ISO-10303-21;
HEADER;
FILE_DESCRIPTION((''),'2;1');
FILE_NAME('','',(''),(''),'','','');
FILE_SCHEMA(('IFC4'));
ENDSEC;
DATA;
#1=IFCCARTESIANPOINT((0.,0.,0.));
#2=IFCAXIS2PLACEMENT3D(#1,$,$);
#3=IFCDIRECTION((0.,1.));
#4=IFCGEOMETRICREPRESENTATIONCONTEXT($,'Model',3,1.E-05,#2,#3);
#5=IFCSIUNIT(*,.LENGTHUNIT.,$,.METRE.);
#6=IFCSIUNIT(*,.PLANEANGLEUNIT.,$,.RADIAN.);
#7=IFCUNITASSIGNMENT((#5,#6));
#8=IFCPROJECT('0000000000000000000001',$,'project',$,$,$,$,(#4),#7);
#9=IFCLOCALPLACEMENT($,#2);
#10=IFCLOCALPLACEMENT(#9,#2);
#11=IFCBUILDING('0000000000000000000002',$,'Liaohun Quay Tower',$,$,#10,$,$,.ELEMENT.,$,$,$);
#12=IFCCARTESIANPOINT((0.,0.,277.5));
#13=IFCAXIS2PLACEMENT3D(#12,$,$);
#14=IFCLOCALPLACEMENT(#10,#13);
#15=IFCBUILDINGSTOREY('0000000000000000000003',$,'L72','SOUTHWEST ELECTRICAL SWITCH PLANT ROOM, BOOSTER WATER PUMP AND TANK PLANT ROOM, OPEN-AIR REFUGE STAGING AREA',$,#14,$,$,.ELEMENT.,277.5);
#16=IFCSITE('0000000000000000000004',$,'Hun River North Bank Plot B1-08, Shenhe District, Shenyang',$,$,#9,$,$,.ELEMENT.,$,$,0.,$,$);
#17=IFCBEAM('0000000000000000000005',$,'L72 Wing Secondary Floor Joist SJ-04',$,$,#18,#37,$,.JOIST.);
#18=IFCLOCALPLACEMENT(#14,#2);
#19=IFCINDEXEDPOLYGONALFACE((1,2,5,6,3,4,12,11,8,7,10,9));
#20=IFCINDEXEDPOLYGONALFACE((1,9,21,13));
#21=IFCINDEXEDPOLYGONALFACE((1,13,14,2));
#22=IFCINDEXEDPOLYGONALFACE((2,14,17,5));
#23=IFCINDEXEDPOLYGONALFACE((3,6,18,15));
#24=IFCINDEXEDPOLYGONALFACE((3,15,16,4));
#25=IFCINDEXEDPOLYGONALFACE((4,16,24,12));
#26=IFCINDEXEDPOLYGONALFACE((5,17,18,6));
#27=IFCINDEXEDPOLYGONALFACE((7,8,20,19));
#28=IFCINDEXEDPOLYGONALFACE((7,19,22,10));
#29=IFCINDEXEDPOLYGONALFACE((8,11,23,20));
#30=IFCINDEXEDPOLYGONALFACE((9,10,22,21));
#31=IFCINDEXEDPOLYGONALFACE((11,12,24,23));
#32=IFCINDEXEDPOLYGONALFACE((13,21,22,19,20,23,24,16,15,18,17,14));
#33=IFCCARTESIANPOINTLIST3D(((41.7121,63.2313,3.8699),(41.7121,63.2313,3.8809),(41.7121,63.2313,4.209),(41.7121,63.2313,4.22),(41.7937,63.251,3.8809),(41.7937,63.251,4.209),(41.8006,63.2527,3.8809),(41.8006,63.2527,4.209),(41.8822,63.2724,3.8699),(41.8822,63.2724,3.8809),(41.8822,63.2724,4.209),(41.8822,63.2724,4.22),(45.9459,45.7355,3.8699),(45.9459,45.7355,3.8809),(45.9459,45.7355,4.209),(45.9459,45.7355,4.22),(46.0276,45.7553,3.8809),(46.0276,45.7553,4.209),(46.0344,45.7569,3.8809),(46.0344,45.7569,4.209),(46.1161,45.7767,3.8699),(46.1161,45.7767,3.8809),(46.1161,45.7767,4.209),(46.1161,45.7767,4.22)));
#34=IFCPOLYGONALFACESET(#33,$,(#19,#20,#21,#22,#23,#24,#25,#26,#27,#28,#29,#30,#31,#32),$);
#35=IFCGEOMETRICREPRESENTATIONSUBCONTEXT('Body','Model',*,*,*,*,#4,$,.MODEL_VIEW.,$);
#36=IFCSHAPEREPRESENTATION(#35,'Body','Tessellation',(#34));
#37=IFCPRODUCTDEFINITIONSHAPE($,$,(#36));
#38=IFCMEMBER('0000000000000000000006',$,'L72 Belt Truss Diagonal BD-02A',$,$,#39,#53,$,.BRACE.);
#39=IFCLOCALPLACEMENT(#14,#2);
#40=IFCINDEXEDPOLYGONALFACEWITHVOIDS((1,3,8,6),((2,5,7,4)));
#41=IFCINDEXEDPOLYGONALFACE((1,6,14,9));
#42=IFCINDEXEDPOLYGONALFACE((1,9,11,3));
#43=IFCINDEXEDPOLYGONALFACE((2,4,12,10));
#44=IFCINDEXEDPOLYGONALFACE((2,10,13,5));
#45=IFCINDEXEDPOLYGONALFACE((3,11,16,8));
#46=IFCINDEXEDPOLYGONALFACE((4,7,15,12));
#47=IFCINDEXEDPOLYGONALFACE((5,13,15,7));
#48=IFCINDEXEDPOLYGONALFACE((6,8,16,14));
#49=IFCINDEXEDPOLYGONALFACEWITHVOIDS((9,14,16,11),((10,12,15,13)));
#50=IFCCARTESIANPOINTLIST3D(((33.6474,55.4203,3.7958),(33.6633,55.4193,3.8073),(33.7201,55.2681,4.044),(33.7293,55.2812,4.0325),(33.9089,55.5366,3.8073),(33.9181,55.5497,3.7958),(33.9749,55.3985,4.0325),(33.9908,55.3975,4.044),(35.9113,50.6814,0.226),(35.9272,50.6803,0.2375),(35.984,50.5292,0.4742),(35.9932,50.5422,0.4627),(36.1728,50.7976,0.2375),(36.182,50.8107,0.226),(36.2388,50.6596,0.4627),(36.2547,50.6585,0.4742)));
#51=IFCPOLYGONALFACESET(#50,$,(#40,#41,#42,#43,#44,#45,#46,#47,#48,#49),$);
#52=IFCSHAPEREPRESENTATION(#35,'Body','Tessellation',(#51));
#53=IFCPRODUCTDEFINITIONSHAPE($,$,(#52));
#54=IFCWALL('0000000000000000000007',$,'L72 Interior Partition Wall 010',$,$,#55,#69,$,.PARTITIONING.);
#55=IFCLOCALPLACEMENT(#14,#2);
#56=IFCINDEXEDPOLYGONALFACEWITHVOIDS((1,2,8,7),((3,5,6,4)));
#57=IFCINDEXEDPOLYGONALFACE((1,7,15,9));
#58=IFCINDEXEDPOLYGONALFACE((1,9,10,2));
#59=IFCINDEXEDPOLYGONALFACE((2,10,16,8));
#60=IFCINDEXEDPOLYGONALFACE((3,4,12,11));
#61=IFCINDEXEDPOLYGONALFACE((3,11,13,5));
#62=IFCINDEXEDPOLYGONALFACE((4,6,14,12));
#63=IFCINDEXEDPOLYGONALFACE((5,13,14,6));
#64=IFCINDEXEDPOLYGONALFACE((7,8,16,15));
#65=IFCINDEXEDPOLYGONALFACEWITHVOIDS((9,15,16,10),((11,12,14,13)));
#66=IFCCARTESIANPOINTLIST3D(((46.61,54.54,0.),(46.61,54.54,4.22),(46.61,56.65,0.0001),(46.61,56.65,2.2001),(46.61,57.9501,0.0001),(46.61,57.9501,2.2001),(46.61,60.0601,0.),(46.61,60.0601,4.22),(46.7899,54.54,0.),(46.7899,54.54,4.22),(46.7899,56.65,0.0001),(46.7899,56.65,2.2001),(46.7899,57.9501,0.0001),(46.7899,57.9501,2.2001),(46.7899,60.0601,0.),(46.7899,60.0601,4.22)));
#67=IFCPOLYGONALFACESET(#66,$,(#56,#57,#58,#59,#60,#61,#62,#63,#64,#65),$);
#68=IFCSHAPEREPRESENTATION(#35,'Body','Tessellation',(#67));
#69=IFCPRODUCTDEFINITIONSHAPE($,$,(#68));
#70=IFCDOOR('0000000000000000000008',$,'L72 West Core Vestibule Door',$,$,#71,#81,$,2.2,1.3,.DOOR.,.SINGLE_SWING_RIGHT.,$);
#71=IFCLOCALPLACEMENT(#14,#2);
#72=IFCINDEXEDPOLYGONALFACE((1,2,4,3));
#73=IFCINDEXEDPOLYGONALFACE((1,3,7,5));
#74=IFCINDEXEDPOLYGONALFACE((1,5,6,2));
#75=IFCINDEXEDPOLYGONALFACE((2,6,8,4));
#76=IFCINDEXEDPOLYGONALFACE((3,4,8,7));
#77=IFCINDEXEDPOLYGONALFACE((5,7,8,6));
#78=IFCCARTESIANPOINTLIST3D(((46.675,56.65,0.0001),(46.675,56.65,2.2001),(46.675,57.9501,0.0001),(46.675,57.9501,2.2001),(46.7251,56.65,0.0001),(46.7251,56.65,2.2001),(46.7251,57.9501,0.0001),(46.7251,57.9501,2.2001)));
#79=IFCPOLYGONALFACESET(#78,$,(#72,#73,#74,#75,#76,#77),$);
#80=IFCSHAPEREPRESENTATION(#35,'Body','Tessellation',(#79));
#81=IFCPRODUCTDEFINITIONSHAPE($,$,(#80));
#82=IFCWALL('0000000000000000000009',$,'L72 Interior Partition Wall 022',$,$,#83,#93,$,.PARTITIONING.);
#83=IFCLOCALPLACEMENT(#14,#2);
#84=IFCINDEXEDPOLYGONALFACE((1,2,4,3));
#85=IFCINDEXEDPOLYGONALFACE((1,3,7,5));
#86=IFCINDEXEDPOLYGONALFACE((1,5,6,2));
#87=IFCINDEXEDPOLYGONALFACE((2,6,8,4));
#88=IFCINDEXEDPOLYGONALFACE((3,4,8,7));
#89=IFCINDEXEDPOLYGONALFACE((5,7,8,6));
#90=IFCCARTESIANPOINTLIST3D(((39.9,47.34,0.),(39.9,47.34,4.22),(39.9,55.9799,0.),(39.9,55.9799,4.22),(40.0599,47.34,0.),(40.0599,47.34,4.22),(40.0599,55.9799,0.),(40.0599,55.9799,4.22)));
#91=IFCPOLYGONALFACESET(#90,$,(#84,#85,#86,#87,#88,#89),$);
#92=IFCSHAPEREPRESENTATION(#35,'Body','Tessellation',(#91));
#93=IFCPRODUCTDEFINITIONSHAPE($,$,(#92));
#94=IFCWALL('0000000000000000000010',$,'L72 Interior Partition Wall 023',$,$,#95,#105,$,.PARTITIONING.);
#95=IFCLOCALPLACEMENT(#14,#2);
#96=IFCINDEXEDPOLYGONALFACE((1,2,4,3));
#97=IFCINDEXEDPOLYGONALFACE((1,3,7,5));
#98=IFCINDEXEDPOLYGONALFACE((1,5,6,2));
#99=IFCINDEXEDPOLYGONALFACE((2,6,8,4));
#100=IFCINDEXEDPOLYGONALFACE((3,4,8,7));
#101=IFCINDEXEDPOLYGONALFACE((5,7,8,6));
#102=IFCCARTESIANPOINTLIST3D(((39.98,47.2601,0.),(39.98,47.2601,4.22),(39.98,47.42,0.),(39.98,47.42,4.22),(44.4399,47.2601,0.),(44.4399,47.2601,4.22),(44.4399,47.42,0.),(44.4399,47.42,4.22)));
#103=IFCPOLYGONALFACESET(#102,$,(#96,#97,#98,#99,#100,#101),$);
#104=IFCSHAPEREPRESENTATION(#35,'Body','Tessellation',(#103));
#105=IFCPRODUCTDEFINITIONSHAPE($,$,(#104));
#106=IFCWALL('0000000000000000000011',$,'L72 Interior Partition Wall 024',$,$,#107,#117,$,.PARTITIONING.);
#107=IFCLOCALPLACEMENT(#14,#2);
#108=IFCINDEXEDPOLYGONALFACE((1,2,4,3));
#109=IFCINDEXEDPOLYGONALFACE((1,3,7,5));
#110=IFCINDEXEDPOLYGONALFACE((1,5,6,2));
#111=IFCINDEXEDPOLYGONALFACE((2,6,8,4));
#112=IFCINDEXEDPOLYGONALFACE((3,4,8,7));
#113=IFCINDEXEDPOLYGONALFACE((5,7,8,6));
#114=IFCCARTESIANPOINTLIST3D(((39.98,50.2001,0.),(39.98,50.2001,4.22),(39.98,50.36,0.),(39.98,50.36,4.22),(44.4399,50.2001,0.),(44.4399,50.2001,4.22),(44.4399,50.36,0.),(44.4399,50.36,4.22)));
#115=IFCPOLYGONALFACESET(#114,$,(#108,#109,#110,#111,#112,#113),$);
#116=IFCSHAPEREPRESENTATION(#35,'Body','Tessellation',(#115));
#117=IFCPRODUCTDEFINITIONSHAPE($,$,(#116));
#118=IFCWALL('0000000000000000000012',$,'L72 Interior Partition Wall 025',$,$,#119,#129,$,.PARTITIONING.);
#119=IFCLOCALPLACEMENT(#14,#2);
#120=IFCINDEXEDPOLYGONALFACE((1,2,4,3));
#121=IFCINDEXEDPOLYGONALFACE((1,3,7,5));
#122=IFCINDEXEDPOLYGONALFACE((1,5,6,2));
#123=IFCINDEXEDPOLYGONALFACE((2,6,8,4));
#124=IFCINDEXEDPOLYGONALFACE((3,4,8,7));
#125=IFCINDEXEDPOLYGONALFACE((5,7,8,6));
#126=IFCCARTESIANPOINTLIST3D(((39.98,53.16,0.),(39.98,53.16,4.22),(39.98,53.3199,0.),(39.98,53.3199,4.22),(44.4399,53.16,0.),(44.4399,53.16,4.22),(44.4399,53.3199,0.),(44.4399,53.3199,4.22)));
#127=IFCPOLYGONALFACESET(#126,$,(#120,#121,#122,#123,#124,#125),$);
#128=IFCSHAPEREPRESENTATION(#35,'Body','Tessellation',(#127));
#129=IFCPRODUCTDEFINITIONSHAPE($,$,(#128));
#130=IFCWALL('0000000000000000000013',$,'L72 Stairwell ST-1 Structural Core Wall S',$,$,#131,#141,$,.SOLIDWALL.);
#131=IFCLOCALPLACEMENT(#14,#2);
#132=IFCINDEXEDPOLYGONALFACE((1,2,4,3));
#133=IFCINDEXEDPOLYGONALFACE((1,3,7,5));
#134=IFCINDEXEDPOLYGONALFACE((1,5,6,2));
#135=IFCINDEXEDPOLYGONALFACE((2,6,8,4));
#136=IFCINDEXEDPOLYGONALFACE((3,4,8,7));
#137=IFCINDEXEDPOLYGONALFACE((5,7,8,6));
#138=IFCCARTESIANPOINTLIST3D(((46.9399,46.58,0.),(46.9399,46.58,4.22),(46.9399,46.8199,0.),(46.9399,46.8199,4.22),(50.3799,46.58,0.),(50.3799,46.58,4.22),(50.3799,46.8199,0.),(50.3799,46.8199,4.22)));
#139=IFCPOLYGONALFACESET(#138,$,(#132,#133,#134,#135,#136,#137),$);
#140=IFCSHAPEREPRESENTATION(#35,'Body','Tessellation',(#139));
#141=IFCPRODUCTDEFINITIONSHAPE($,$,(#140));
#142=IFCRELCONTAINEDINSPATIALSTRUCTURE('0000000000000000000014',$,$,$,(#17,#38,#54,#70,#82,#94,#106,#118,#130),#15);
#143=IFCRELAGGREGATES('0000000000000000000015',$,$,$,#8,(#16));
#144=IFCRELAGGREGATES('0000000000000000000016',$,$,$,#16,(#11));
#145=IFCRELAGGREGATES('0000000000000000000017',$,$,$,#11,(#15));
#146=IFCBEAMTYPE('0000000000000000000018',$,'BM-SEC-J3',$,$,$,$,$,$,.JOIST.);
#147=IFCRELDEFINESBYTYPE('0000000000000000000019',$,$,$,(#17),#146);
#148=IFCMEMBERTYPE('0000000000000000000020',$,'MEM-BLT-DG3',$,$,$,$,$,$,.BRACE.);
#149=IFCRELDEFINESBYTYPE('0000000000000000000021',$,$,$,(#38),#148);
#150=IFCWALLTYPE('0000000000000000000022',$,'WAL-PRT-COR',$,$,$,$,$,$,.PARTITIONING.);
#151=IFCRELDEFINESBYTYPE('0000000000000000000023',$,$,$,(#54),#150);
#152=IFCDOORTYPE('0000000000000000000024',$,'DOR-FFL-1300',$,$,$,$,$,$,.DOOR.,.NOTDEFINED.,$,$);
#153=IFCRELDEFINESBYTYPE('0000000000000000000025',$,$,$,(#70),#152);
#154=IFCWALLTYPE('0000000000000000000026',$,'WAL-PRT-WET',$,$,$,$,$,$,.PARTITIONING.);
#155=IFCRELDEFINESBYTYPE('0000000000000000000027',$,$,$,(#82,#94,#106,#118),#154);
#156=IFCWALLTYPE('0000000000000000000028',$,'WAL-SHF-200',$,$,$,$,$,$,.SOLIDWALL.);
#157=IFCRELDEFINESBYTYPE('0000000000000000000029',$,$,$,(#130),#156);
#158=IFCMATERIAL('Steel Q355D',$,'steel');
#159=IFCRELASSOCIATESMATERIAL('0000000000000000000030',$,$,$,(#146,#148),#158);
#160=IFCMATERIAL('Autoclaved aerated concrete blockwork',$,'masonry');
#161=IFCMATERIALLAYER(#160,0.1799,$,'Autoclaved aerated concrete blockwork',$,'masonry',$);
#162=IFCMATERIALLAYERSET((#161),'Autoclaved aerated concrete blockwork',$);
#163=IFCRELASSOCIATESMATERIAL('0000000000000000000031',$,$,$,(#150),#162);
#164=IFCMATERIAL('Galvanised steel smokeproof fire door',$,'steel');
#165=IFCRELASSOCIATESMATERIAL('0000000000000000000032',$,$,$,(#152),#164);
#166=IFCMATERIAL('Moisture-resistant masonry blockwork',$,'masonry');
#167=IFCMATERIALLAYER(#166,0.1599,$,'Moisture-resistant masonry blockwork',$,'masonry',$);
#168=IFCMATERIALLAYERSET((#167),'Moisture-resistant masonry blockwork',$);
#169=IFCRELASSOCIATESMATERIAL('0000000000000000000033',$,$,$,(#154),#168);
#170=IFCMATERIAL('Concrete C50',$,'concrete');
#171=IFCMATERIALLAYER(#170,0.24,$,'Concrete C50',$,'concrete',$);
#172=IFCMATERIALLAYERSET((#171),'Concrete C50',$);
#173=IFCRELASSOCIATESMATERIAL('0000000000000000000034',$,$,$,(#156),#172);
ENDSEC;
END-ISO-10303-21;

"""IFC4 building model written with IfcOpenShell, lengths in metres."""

from ifc_helpers import new_model, si_unit, direction, frame, frame_2d, origin, origin_2d, place, context, subcontext, project, spatial, rectangle, hollow_rectangle, i_section, extrude, source, transform, mapped, material, layer, layer_set, material_profile, profile_set, type_object, element, fill, save


model = new_model("IFC4")

# Units and contexts
model_context = context("Model", 3, precision=1e-05, world=origin(), true_north=direction((0.0, 1.0)))
body_context = subcontext(model_context, "Body", "Model", "MODEL_VIEW")
ifc_project = project(units=[si_unit("LENGTHUNIT", "METRE"), si_unit("PLANEANGLEUNIT", "RADIAN")], contexts=[model_context])

# Site, building, storey
site_placement = place(None, origin())
site = spatial("IfcSite", under=ifc_project, at=site_placement, Name="Hun River North Bank Plot B1-08, Shenhe District, Shenyang", CompositionType="ELEMENT", RefElevation=0.0)
building_placement = place(site_placement, origin())
building = spatial("IfcBuilding", under=site, at=building_placement, Name="Liaohun Quay Tower", CompositionType="ELEMENT")
storey_placement = place(building_placement, frame((0.0, 0.0, 277.5)))
storey = spatial("IfcBuildingStorey", under=building, at=storey_placement, Name="L72", Description="SOUTHWEST ELECTRICAL SWITCH PLANT ROOM, BOOSTER WATER PUMP AND TANK PLANT ROOM, OPEN-AIR REFUGE STAGING AREA", CompositionType="ELEMENT", Elevation=277.5)

# Beam
ifc_material_1 = material(Name="Steel Q355D", Category="steel")
ifc_material_profile_1 = material_profile(ifc_material_1, i_section(OverallWidth=0.175, OverallDepth=0.3501, WebThickness=0.0071, FlangeThickness=0.011, at=origin_2d()), Name="HN350x175x7x11")
ifc_profile_set_1 = profile_set([ifc_material_profile_1], Name="Steel Q355D")
beam_type = type_object("IfcBeamType", Name="BM-SEC-J3", PredefinedType="JOIST", material=ifc_profile_set_1)
shared_shape_1 = source(origin(), body_context, "Body", "SweptSolid", [
    extrude(i_section(OverallWidth=0.175, OverallDepth=0.3501, WebThickness=0.0071, FlangeThickness=0.011, at=origin_2d()), origin(), (0.0, 0.0, 1.0), 18.0007),
])
beam_placement = place(storey_placement, frame((46.031, 45.7561, 4.0449), z_axis=(-0.235205, 0.971946, 0.0), x_axis=(-0.971946, -0.235205, 0.0)))
element("IfcBeam", 1, at=beam_placement, inside=storey, type_object=beam_type, Name="L72 Wing Secondary Floor Joist SJ-04", PredefinedType="JOIST", context=body_context, shape_type="MappedRepresentation", body=[
    mapped(shared_shape_1, transform((0.0, 0.0, 0.0), x_axis=(1.0, 0.0, 0.0), y_axis=(0.0, 1.0, 0.0), z_axis=(0.0, 0.0, 1.0), scale=1.0)),
])

# Member
ifc_material_profile_2 = material_profile(ifc_material_1, hollow_rectangle(XDim=0.3, YDim=0.3, WallThickness=0.0139, at=origin_2d()), Name="SHS300x300x14")
ifc_profile_set_2 = profile_set([ifc_material_profile_2], Name="Steel Q355D")
member_type = type_object("IfcMemberType", Name="MEM-BLT-DG3", PredefinedType="BRACE", material=ifc_profile_set_2)
shared_shape_2 = source(origin(), body_context, "Body", "SweptSolid", [
    extrude(hollow_rectangle(XDim=0.3, YDim=0.3, WallThickness=0.0139, at=origin_2d()), origin(), (0.0, 0.0, 1.0), 6.3503),
])
member_placement = place(storey_placement, frame((36.083, 50.6699, 0.3501), z_axis=(-0.356501, 0.746258, 0.562144), x_axis=(-0.902325, -0.431057, 0.0)))
element("IfcMember", 2, at=member_placement, inside=storey, type_object=member_type, Name="L72 Belt Truss Diagonal BD-02A", PredefinedType="BRACE", context=body_context, shape_type="MappedRepresentation", body=[
    mapped(shared_shape_2, transform((0.0, 0.0, 0.0), x_axis=(1.0, 0.0, 0.0), y_axis=(0.0, 1.0, 0.0), z_axis=(0.0, 0.0, 1.0), scale=1.0)),
])

# Wall, opening, door
ifc_material_2 = material(Name="Autoclaved aerated concrete blockwork", Category="masonry")
ifc_layer_1 = layer(ifc_material_2, 0.1799, Name="Autoclaved aerated concrete blockwork", Category="masonry")
ifc_layer_set_1 = layer_set([ifc_layer_1], Name="Autoclaved aerated concrete blockwork")
wall_type_1 = type_object("IfcWallType", Name="WAL-PRT-COR", PredefinedType="PARTITIONING", material=ifc_layer_set_1)
wall_1_placement = place(storey_placement, frame((46.7, 54.54, 0.0), z_axis=(0.0, 0.0, 1.0), x_axis=(0.0, 1.0, 0.0)))
wall_1 = element("IfcWall", 3, at=wall_1_placement, inside=storey, type_object=wall_type_1, Name="L72 Interior Partition Wall 010", PredefinedType="PARTITIONING", context=body_context, shape_type="SweptSolid", body=[
    extrude(rectangle(XDim=5.52, YDim=0.1799, at=frame_2d((2.76, 0.0))), origin(), (0.0, 0.0, 1.0), 4.22),
])
shared_shape_3 = source(origin(), body_context, "Body", "SweptSolid", [
    extrude(rectangle(XDim=1.3, YDim=2.2, at=frame_2d((0.6499, 1.1001))), frame((0.0, 0.0999, 0.0), z_axis=(0.0, -1.0, 0.0), x_axis=(1.0, 0.0, 0.0)), (0.0, 0.0, 1.0), 0.2),
])
opening_1_placement = place(wall_1_placement, frame((2.1101, 0.0, 0.0)))
opening_1 = element("IfcOpeningElement", 4, at=opening_1_placement, cuts=wall_1, PredefinedType="OPENING", context=body_context, shape_type="MappedRepresentation", body=[
    mapped(shared_shape_3, transform((0.0, 0.0, 0.0), x_axis=(1.0, 0.0, 0.0), y_axis=(0.0, 1.0, 0.0), z_axis=(0.0, 0.0, 1.0), scale=1.0)),
])
ifc_material_3 = material(Name="Galvanised steel smokeproof fire door", Category="steel")
door_type_1 = type_object("IfcDoorType", Name="DOR-FFL-1300", OperationType="NOTDEFINED", PredefinedType="DOOR", material=ifc_material_3)
shared_shape_4 = source(origin(), body_context, "Body", "SweptSolid", [
    extrude(rectangle(XDim=1.3, YDim=2.2, at=frame_2d((0.6499, 1.1001))), frame((0.0, 0.0249, 0.0), z_axis=(0.0, -1.0, 0.0), x_axis=(1.0, 0.0, 0.0)), (0.0, 0.0, 1.0), 0.05),
])
door_1_placement = place(opening_1_placement, origin())
door_1 = element("IfcDoor", 5, at=door_1_placement, inside=storey, type_object=door_type_1, Name="L72 West Core Vestibule Door", OperationType="SINGLE_SWING_RIGHT", OverallHeight=2.2, OverallWidth=1.3, PredefinedType="DOOR", context=body_context, shape_type="MappedRepresentation", body=[
    mapped(shared_shape_4, transform((0.0, 0.0, 0.0), x_axis=(1.0, 0.0, 0.0), y_axis=(0.0, 1.0, 0.0), z_axis=(0.0, 0.0, 1.0), scale=1.0)),
])
fill(opening_1, door_1)
ifc_material_4 = material(Name="Moisture-resistant masonry blockwork", Category="masonry")
ifc_layer_2 = layer(ifc_material_4, 0.1599, Name="Moisture-resistant masonry blockwork", Category="masonry")
ifc_layer_set_2 = layer_set([ifc_layer_2], Name="Moisture-resistant masonry blockwork")
wall_type_2 = type_object("IfcWallType", Name="WAL-PRT-WET", PredefinedType="PARTITIONING", material=ifc_layer_set_2)

# Walls
wall_2_placement = place(storey_placement, frame((39.98, 47.3401, 0.0), z_axis=(0.0, 0.0, 1.0), x_axis=(0.0, 1.0, 0.0)))
element("IfcWall", 6, at=wall_2_placement, inside=storey, type_object=wall_type_2, Name="L72 Interior Partition Wall 022", PredefinedType="PARTITIONING", context=body_context, shape_type="SweptSolid", body=[
    extrude(rectangle(XDim=8.6399, YDim=0.1599, at=frame_2d((4.3198, 0.0))), origin(), (0.0, 0.0, 1.0), 4.22),
])
for number, where, z_axis, x_axis, name in (
    (7, (39.98, 47.3401, 0.0), (0.0, 0.0, 1.0), (1.0, 0.0, 0.0), "L72 Interior Partition Wall 023"),
    (8, (39.98, 50.28, 0.0), (0.0, 0.0, 1.0), (1.0, 0.0, 0.0), "L72 Interior Partition Wall 024"),
    (9, (39.98, 53.24, 0.0), (0.0, 0.0, 1.0), (1.0, 0.0, 0.0), "L72 Interior Partition Wall 025"),
):
    element("IfcWall", number, at=place(storey_placement, frame(where, z_axis=z_axis, x_axis=x_axis)), inside=storey, type_object=wall_type_2, Name=name, PredefinedType="PARTITIONING", context=body_context, shape_type="SweptSolid", body=[
        extrude(rectangle(XDim=4.46, YDim=0.1599, at=frame_2d((2.23, 0.0))), origin(), (0.0, 0.0, 1.0), 4.22),
    ])
ifc_material_5 = material(Name="Concrete C50", Category="concrete")
ifc_layer_3 = layer(ifc_material_5, 0.24, Name="Concrete C50", Category="concrete")
ifc_layer_set_3 = layer_set([ifc_layer_3], Name="Concrete C50")
wall_type_3 = type_object("IfcWallType", Name="WAL-SHF-200", PredefinedType="SOLIDWALL", material=ifc_layer_set_3)
wall_3_placement = place(storey_placement, frame((46.9399, 46.7, 0.0), z_axis=(0.0, 0.0, 1.0), x_axis=(1.0, 0.0, 0.0)))
element("IfcWall", 10, at=wall_3_placement, inside=storey, type_object=wall_type_3, Name="L72 Stairwell ST-1 Structural Core Wall S", PredefinedType="SOLIDWALL", context=body_context, shape_type="SweptSolid", body=[
    extrude(rectangle(XDim=3.4399, YDim=0.24, at=frame_2d((1.72, 0.0))), origin(), (0.0, 0.0, 1.0), 4.22),
])

save(model, "model.ifc")
